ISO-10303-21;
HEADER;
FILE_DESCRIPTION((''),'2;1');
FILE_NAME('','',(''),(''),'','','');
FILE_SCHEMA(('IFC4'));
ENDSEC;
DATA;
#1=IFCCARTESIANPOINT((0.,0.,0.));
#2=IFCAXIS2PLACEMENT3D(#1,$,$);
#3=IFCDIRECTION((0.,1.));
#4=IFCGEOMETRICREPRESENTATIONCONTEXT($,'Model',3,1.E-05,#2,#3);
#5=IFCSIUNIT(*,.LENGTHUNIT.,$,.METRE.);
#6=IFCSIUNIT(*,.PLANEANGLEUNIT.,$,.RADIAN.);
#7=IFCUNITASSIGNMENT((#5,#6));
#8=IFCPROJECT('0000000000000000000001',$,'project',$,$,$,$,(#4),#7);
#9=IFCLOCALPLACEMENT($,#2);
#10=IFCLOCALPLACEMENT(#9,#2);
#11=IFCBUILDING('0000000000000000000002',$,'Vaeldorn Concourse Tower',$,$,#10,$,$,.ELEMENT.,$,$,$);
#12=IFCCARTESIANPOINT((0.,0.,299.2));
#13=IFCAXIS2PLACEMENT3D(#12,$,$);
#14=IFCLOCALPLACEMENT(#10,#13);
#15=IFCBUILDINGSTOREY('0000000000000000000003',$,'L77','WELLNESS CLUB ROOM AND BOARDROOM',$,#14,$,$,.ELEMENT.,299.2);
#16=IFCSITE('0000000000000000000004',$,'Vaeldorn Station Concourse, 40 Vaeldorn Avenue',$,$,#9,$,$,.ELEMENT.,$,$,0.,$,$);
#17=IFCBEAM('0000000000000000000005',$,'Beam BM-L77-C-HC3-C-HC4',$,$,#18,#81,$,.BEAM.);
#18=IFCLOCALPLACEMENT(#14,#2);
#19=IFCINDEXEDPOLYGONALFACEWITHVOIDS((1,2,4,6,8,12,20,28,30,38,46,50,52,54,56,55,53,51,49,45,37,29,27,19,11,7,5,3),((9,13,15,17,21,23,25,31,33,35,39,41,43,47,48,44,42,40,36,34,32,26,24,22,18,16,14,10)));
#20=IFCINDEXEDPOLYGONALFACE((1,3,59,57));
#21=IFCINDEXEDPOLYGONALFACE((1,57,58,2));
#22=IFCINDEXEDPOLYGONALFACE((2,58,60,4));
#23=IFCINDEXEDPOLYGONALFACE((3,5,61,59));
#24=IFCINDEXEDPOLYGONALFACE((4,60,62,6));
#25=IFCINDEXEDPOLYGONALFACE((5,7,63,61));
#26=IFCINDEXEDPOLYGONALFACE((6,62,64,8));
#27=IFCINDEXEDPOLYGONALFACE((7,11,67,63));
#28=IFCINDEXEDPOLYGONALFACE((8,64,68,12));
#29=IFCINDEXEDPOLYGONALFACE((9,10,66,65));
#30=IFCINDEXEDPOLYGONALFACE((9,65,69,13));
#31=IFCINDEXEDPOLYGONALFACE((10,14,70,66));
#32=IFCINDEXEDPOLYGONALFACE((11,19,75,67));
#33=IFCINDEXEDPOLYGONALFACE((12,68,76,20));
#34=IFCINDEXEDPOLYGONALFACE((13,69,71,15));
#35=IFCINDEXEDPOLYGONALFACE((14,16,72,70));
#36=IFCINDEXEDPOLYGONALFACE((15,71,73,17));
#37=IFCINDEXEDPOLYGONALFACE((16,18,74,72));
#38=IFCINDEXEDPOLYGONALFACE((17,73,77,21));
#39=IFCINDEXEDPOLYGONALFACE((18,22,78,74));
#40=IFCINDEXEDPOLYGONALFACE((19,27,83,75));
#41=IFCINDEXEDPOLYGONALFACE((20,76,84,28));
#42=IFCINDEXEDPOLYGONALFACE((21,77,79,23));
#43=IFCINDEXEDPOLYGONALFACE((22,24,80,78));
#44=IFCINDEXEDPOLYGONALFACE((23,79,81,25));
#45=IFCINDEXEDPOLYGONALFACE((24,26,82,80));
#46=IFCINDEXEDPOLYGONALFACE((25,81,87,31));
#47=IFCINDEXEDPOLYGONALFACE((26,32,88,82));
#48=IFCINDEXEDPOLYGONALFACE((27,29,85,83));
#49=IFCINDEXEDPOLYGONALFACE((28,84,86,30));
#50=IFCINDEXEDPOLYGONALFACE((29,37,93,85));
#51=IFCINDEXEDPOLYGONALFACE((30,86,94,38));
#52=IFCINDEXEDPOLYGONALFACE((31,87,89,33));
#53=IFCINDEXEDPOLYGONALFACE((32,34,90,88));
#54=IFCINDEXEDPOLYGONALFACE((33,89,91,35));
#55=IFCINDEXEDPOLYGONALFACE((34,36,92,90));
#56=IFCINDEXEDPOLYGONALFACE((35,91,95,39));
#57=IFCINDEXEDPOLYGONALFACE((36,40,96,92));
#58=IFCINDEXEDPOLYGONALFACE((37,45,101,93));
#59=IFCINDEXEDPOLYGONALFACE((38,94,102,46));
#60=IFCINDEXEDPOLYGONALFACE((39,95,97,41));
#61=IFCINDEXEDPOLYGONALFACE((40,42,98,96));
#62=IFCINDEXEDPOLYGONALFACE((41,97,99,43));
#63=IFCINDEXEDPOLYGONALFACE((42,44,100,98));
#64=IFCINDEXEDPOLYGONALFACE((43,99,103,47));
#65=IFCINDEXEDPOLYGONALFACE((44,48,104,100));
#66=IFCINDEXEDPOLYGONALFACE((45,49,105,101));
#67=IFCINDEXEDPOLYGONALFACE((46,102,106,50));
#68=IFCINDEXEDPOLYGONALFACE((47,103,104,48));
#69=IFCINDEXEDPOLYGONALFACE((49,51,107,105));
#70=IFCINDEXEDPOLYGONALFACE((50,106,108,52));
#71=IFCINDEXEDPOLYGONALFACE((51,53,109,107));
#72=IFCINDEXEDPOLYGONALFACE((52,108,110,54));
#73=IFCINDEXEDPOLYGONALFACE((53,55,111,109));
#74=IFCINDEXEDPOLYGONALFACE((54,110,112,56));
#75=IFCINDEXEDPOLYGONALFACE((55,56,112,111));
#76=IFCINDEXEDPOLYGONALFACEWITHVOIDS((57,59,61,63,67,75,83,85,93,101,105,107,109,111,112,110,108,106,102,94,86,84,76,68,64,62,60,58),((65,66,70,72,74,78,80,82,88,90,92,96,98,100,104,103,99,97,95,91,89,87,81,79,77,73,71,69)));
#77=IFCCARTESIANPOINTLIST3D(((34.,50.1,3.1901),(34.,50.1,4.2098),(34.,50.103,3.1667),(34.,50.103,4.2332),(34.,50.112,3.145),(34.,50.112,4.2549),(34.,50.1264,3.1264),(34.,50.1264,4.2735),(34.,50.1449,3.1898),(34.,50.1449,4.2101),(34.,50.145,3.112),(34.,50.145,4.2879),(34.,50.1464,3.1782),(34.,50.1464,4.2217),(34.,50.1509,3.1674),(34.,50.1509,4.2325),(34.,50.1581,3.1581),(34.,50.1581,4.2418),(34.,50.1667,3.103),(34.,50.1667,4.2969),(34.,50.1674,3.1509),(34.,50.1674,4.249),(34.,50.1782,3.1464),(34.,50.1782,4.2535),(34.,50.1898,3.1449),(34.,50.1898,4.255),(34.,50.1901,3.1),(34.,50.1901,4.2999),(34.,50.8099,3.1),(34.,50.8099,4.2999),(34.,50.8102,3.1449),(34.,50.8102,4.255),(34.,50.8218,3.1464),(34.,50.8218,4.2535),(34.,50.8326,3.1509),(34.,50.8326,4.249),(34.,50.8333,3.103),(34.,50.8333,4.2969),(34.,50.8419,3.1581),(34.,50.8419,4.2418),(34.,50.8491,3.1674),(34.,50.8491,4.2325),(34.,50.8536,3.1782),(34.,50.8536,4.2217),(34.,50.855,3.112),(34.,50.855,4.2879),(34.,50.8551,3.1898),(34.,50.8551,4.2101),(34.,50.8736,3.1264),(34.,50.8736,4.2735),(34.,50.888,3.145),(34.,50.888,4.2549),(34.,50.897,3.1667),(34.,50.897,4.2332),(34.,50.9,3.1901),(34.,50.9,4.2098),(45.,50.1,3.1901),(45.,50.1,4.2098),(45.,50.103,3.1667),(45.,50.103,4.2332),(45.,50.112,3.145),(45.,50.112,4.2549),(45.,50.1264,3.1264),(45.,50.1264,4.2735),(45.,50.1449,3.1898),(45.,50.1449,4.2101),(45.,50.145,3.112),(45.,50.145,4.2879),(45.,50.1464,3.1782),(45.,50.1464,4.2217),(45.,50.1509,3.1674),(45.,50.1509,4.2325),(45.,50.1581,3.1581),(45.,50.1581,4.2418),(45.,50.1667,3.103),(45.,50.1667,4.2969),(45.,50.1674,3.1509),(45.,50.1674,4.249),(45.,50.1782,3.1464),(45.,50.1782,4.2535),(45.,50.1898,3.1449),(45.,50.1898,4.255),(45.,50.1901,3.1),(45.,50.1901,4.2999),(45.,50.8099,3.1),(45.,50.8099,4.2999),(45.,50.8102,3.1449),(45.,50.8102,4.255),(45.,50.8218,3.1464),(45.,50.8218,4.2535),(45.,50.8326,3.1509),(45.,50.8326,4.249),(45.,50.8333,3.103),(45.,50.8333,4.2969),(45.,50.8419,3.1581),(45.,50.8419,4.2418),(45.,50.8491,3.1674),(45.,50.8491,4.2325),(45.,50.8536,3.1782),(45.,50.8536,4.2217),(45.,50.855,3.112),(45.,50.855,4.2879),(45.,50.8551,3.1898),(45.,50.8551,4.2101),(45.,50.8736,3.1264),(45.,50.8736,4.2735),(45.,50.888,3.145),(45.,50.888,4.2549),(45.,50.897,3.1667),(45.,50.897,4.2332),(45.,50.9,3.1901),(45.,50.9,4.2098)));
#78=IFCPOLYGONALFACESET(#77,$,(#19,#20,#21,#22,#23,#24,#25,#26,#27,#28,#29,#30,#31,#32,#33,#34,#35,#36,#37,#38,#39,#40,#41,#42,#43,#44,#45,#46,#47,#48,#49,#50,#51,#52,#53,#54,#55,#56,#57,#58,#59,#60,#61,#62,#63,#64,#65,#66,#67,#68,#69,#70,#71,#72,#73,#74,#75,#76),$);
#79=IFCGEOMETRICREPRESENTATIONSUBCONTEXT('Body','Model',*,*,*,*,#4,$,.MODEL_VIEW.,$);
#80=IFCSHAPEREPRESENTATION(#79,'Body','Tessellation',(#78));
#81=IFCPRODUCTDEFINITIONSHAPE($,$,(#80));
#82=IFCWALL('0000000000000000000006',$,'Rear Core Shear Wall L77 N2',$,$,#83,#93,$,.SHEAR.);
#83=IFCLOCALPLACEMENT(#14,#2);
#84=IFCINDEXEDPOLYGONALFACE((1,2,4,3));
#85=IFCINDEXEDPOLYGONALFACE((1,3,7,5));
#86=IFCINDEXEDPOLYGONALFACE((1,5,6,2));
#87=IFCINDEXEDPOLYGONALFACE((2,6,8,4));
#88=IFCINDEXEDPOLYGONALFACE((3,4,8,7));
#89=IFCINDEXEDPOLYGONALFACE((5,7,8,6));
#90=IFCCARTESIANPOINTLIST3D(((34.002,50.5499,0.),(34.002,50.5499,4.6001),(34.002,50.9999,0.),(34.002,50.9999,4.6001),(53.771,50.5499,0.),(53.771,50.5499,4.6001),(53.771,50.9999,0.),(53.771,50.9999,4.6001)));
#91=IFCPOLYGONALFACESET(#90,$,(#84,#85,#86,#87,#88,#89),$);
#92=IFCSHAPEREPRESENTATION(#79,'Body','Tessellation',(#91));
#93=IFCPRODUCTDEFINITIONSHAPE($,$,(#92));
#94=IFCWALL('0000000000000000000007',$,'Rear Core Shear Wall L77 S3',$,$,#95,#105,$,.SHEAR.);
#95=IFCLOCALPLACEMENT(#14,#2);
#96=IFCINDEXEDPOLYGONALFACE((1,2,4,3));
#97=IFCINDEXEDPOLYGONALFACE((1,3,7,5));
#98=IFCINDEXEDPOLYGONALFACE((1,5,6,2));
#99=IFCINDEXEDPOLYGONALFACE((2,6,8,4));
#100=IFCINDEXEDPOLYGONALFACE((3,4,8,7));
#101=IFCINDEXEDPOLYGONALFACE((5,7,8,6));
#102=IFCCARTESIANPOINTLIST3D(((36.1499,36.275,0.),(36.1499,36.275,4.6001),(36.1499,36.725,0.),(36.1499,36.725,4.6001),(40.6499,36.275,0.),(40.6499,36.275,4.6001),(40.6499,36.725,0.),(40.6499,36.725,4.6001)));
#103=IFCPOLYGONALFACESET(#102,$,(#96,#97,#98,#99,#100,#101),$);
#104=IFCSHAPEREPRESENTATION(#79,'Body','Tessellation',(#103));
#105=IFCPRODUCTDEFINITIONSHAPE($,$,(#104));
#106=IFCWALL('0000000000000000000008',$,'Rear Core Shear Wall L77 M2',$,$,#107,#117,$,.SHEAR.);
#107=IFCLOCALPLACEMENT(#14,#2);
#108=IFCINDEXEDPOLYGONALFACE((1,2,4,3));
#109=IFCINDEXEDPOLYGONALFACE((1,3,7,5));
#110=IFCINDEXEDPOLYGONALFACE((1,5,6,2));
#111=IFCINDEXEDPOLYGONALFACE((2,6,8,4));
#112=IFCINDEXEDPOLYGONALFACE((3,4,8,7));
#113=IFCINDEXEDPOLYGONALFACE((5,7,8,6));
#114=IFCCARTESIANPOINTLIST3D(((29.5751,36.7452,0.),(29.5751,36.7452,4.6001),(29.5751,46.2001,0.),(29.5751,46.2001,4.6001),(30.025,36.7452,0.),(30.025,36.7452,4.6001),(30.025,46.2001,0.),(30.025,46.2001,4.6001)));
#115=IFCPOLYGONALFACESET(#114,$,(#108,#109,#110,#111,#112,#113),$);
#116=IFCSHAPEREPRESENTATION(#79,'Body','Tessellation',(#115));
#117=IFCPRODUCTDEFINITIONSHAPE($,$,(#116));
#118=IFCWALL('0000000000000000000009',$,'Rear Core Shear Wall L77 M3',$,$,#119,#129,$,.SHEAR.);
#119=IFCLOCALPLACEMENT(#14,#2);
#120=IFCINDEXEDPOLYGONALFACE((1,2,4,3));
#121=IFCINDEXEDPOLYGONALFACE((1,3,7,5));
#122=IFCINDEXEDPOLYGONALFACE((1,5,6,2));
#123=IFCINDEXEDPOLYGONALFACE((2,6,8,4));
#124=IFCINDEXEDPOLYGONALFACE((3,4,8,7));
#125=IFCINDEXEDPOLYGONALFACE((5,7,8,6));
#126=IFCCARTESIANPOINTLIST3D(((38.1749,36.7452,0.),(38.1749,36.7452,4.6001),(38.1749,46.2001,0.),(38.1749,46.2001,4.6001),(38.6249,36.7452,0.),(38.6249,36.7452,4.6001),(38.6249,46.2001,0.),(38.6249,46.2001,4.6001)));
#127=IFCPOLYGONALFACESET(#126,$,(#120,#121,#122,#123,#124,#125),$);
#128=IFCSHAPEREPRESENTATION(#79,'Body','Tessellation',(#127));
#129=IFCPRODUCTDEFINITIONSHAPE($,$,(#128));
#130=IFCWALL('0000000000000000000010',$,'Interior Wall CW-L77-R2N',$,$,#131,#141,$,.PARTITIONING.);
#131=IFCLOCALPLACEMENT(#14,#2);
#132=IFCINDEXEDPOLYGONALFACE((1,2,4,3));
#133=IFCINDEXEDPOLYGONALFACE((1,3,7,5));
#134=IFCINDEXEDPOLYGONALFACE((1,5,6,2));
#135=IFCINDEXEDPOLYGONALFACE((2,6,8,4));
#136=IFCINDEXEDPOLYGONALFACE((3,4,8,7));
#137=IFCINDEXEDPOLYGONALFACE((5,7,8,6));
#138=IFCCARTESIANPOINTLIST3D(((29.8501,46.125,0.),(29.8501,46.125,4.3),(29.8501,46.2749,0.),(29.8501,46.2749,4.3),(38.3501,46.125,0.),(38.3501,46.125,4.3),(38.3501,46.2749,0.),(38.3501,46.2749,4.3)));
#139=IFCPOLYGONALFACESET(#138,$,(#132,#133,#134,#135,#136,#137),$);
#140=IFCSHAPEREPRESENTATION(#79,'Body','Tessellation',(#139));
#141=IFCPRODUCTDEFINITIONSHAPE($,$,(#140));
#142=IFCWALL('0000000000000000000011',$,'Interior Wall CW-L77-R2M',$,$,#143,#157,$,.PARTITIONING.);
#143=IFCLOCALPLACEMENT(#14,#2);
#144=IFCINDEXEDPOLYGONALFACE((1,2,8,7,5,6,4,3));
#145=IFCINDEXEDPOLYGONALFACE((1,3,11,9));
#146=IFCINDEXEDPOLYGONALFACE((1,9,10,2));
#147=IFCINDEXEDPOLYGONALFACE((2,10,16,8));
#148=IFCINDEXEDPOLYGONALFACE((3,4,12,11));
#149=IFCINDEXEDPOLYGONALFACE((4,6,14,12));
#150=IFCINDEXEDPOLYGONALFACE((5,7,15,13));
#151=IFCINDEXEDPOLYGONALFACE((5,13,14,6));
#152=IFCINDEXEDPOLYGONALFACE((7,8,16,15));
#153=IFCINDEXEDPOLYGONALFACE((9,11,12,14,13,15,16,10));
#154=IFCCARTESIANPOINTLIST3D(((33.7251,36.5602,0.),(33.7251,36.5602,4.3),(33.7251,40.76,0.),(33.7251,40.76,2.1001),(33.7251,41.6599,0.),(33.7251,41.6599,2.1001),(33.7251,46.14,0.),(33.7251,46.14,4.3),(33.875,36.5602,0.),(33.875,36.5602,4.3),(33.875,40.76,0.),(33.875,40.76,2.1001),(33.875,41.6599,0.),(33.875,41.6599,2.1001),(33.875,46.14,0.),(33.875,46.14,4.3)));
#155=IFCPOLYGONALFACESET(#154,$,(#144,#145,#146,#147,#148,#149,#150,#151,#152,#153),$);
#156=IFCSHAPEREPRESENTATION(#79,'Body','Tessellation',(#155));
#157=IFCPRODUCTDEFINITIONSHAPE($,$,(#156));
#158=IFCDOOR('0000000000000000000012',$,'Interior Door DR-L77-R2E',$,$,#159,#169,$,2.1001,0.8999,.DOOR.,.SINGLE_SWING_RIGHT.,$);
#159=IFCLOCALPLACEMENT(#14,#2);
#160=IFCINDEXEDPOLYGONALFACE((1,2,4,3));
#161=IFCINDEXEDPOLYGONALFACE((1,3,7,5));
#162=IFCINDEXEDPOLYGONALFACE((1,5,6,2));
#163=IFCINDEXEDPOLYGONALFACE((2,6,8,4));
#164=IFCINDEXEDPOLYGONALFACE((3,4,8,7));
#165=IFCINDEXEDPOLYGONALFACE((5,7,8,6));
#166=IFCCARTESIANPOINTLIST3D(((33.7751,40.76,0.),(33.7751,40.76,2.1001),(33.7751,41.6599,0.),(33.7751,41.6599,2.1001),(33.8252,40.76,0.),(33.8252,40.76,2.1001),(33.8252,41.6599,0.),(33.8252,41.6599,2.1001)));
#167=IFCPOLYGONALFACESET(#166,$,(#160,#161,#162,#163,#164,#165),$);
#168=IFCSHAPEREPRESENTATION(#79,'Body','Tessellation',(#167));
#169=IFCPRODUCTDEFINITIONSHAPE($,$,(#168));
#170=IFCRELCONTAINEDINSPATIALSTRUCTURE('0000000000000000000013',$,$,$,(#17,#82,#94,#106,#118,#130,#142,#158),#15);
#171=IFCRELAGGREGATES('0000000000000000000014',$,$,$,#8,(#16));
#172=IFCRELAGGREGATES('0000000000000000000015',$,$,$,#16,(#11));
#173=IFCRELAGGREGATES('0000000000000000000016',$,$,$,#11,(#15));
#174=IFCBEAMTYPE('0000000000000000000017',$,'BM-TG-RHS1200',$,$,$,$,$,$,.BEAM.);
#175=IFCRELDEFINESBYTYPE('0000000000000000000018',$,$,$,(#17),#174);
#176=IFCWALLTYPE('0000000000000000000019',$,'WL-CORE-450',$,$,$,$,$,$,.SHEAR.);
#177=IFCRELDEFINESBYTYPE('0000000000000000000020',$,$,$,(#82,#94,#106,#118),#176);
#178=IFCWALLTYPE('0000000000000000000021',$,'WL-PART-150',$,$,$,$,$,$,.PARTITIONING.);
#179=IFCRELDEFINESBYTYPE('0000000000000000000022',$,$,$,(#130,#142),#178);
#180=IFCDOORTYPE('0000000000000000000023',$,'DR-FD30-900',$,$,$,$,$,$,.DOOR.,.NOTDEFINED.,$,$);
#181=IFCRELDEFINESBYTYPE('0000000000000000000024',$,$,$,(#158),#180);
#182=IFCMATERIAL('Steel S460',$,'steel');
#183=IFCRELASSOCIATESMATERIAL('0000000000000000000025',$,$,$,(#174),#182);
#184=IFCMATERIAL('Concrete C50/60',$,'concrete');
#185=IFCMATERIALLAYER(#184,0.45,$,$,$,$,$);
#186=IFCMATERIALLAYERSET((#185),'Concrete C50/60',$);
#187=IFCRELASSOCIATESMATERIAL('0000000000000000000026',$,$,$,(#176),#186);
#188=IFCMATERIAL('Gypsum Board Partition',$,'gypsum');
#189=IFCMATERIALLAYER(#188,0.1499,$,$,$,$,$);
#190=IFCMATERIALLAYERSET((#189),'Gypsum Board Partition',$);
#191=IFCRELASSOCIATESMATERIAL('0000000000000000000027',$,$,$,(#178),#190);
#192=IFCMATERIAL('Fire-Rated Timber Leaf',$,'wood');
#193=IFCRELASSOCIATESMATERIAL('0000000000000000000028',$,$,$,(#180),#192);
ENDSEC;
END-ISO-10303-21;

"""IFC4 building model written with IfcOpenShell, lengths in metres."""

from ifc_helpers import new_model, si_unit, direction, frame, frame_2d, origin, origin_2d, place, context, subcontext, project, spatial, rectangle, hollow_rectangle, extrude, source, transform, mapped, material, layer, layer_set, material_profile, profile_set, type_object, element, fill, save


model = new_model("IFC4")

# Units and contexts
model_context = context("Model", 3, precision=1e-05, world=origin(), true_north=direction((0.0, 1.0)))
body_context = subcontext(model_context, "Body", "Model", "MODEL_VIEW")
ifc_project = project(units=[si_unit("LENGTHUNIT", "METRE"), si_unit("PLANEANGLEUNIT", "RADIAN")], contexts=[model_context])

# Site, building, storey
site_placement = place(None, origin())
site = spatial("IfcSite", under=ifc_project, at=site_placement, Name="Vaeldorn Station Concourse, 40 Vaeldorn Avenue", CompositionType="ELEMENT", RefElevation=0.0)
building_placement = place(site_placement, origin())
building = spatial("IfcBuilding", under=site, at=building_placement, Name="Vaeldorn Concourse Tower", CompositionType="ELEMENT")
storey_placement = place(building_placement, frame((0.0, 0.0, 299.2)))
storey = spatial("IfcBuildingStorey", under=building, at=storey_placement, Name="L77", Description="WELLNESS CLUB ROOM AND BOARDROOM", CompositionType="ELEMENT", Elevation=299.2)

# Beam
ifc_material_1 = material(Name="Steel S460", Category="steel")
ifc_material_profile_1 = material_profile(ifc_material_1, hollow_rectangle(XDim=0.8, YDim=1.2, WallThickness=0.0449, InnerFilletRadius=0.0449, OuterFilletRadius=0.0901, at=origin_2d()), Name="RHS 1200x800x45")
ifc_profile_set_1 = profile_set([ifc_material_profile_1], Name="Steel S460")
beam_type = type_object("IfcBeamType", Name="BM-TG-RHS1200", PredefinedType="BEAM", material=ifc_profile_set_1)
shared_shape_1 = source(origin(), body_context, "Body", "SweptSolid", [
    extrude(hollow_rectangle(XDim=0.8, YDim=1.2, WallThickness=0.0449, InnerFilletRadius=0.0449, OuterFilletRadius=0.0901, at=origin_2d()), origin(), (0.0, 0.0, 1.0), 11.0),
])
beam_1_placement = place(storey_placement, frame((34.0, 50.5, 3.7), z_axis=(1.0, 0.0, 0.0), x_axis=(0.0, 1.0, 0.0)))
element("IfcBeam", 1, at=beam_1_placement, inside=storey, type_object=beam_type, Name="Beam BM-L77-C-HC3-C-HC4", PredefinedType="BEAM", context=body_context, shape_type="MappedRepresentation", body=[
    mapped(shared_shape_1, transform((0.0, 0.0, 0.0), scale=1.0)),
])

# Walls
ifc_material_2 = material(Name="Concrete C50/60", Category="concrete")
ifc_layer_1 = layer(ifc_material_2, 0.45)
ifc_layer_set_1 = layer_set([ifc_layer_1], Name="Concrete C50/60")
wall_type_1 = type_object("IfcWallType", Name="WL-CORE-450", PredefinedType="SHEAR", material=ifc_layer_set_1)
wall_1_placement = place(storey_placement, frame((34.002, 50.7749, 0.0), z_axis=(0.0, 0.0, 1.0), x_axis=(1.0, 0.0, 0.0)))
element("IfcWall", 2, at=wall_1_placement, inside=storey, type_object=wall_type_1, Name="Rear Core Shear Wall L77 N2", PredefinedType="SHEAR", context=body_context, shape_type="SweptSolid", body=[
    extrude(rectangle(XDim=19.769, YDim=0.45, at=frame_2d((9.8845, 0.0))), origin(), (0.0, 0.0, 1.0), 4.6001),
])
wall_2_placement = place(storey_placement, frame((36.1499, 36.5, 0.0), z_axis=(0.0, 0.0, 1.0), x_axis=(1.0, 0.0, 0.0)))
element("IfcWall", 3, at=wall_2_placement, inside=storey, type_object=wall_type_1, Name="Rear Core Shear Wall L77 S3", PredefinedType="SHEAR", context=body_context, shape_type="SweptSolid", body=[
    extrude(rectangle(XDim=4.5, YDim=0.45, at=frame_2d((2.25, 0.0))), origin(), (0.0, 0.0, 1.0), 4.6001),
])
for number, where, z_axis, x_axis, name in (
    (4, (29.8, 36.7451, 0.0), (0.0, 0.0, 1.0), (0.0, 1.0, 0.0), "Rear Core Shear Wall L77 M2"),
    (5, (38.3999, 36.7451, 0.0), (0.0, 0.0, 1.0), (0.0, 1.0, 0.0), "Rear Core Shear Wall L77 M3"),
):
    element("IfcWall", number, at=place(storey_placement, frame(where, z_axis=z_axis, x_axis=x_axis)), inside=storey, type_object=wall_type_1, Name=name, PredefinedType="SHEAR", context=body_context, shape_type="SweptSolid", body=[
        extrude(rectangle(XDim=9.4548, YDim=0.45, at=frame_2d((4.7275, 0.0))), origin(), (0.0, 0.0, 1.0), 4.6001),
    ])
ifc_material_3 = material(Name="Gypsum Board Partition", Category="gypsum")
ifc_layer_2 = layer(ifc_material_3, 0.1499)
ifc_layer_set_2 = layer_set([ifc_layer_2], Name="Gypsum Board Partition")
wall_type_2 = type_object("IfcWallType", Name="WL-PART-150", PredefinedType="PARTITIONING", material=ifc_layer_set_2)
wall_3_placement = place(storey_placement, frame((29.8501, 46.2, 0.0), z_axis=(0.0, 0.0, 1.0), x_axis=(1.0, 0.0, 0.0)))
element("IfcWall", 6, at=wall_3_placement, inside=storey, type_object=wall_type_2, Name="Interior Wall CW-L77-R2N", PredefinedType="PARTITIONING", context=body_context, shape_type="SweptSolid", body=[
    extrude(rectangle(XDim=8.5, YDim=0.1499, at=frame_2d((4.25, 0.0))), origin(), (0.0, 0.0, 1.0), 4.3),
])

# Wall, opening, door
wall_4_placement = place(storey_placement, frame((33.8, 36.5601, 0.0), z_axis=(0.0, 0.0, 1.0), x_axis=(0.0, 1.0, 0.0)))
wall_4 = element("IfcWall", 7, at=wall_4_placement, inside=storey, type_object=wall_type_2, Name="Interior Wall CW-L77-R2M", PredefinedType="PARTITIONING", context=body_context, shape_type="SweptSolid", body=[
    extrude(rectangle(XDim=9.5798, YDim=0.1499, at=frame_2d((4.79, 0.0))), origin(), (0.0, 0.0, 1.0), 4.3),
])
opening_1_placement = place(wall_4_placement, frame((4.2, 0.0, 0.0)))
opening_1 = element("IfcOpeningElement", 8, at=opening_1_placement, cuts=wall_4, PredefinedType="OPENING", context=body_context, shape_type="SweptSolid", body=[
    extrude(rectangle(XDim=0.8999, YDim=2.1001, at=frame_2d((0.45, 1.05))), frame((0.0, 0.085, 0.0), z_axis=(0.0, -1.0, 0.0), x_axis=(1.0, 0.0, 0.0)), (0.0, 0.0, 1.0), 0.1699),
])
ifc_material_4 = material(Name="Fire-Rated Timber Leaf", Category="wood")
door_type_1 = type_object("IfcDoorType", Name="DR-FD30-900", OperationType="NOTDEFINED", PredefinedType="DOOR", material=ifc_material_4)
shared_shape_2 = source(origin(), body_context, "Body", "SweptSolid", [
    extrude(rectangle(XDim=0.8999, YDim=2.1001, at=frame_2d((0.45, 1.05))), frame((0.0, 0.0249, 0.0), z_axis=(0.0, -1.0, 0.0), x_axis=(1.0, 0.0, 0.0)), (0.0, 0.0, 1.0), 0.05),
])
door_1_placement = place(opening_1_placement, origin())
door_1 = element("IfcDoor", 9, at=door_1_placement, inside=storey, type_object=door_type_1, Name="Interior Door DR-L77-R2E", OperationType="SINGLE_SWING_RIGHT", OverallHeight=2.1001, OverallWidth=0.8999, PredefinedType="DOOR", context=body_context, shape_type="MappedRepresentation", body=[
    mapped(shared_shape_2, transform((0.0, 0.0, 0.0), scale=1.0)),
])
fill(opening_1, door_1)

save(model, "model.ifc")
